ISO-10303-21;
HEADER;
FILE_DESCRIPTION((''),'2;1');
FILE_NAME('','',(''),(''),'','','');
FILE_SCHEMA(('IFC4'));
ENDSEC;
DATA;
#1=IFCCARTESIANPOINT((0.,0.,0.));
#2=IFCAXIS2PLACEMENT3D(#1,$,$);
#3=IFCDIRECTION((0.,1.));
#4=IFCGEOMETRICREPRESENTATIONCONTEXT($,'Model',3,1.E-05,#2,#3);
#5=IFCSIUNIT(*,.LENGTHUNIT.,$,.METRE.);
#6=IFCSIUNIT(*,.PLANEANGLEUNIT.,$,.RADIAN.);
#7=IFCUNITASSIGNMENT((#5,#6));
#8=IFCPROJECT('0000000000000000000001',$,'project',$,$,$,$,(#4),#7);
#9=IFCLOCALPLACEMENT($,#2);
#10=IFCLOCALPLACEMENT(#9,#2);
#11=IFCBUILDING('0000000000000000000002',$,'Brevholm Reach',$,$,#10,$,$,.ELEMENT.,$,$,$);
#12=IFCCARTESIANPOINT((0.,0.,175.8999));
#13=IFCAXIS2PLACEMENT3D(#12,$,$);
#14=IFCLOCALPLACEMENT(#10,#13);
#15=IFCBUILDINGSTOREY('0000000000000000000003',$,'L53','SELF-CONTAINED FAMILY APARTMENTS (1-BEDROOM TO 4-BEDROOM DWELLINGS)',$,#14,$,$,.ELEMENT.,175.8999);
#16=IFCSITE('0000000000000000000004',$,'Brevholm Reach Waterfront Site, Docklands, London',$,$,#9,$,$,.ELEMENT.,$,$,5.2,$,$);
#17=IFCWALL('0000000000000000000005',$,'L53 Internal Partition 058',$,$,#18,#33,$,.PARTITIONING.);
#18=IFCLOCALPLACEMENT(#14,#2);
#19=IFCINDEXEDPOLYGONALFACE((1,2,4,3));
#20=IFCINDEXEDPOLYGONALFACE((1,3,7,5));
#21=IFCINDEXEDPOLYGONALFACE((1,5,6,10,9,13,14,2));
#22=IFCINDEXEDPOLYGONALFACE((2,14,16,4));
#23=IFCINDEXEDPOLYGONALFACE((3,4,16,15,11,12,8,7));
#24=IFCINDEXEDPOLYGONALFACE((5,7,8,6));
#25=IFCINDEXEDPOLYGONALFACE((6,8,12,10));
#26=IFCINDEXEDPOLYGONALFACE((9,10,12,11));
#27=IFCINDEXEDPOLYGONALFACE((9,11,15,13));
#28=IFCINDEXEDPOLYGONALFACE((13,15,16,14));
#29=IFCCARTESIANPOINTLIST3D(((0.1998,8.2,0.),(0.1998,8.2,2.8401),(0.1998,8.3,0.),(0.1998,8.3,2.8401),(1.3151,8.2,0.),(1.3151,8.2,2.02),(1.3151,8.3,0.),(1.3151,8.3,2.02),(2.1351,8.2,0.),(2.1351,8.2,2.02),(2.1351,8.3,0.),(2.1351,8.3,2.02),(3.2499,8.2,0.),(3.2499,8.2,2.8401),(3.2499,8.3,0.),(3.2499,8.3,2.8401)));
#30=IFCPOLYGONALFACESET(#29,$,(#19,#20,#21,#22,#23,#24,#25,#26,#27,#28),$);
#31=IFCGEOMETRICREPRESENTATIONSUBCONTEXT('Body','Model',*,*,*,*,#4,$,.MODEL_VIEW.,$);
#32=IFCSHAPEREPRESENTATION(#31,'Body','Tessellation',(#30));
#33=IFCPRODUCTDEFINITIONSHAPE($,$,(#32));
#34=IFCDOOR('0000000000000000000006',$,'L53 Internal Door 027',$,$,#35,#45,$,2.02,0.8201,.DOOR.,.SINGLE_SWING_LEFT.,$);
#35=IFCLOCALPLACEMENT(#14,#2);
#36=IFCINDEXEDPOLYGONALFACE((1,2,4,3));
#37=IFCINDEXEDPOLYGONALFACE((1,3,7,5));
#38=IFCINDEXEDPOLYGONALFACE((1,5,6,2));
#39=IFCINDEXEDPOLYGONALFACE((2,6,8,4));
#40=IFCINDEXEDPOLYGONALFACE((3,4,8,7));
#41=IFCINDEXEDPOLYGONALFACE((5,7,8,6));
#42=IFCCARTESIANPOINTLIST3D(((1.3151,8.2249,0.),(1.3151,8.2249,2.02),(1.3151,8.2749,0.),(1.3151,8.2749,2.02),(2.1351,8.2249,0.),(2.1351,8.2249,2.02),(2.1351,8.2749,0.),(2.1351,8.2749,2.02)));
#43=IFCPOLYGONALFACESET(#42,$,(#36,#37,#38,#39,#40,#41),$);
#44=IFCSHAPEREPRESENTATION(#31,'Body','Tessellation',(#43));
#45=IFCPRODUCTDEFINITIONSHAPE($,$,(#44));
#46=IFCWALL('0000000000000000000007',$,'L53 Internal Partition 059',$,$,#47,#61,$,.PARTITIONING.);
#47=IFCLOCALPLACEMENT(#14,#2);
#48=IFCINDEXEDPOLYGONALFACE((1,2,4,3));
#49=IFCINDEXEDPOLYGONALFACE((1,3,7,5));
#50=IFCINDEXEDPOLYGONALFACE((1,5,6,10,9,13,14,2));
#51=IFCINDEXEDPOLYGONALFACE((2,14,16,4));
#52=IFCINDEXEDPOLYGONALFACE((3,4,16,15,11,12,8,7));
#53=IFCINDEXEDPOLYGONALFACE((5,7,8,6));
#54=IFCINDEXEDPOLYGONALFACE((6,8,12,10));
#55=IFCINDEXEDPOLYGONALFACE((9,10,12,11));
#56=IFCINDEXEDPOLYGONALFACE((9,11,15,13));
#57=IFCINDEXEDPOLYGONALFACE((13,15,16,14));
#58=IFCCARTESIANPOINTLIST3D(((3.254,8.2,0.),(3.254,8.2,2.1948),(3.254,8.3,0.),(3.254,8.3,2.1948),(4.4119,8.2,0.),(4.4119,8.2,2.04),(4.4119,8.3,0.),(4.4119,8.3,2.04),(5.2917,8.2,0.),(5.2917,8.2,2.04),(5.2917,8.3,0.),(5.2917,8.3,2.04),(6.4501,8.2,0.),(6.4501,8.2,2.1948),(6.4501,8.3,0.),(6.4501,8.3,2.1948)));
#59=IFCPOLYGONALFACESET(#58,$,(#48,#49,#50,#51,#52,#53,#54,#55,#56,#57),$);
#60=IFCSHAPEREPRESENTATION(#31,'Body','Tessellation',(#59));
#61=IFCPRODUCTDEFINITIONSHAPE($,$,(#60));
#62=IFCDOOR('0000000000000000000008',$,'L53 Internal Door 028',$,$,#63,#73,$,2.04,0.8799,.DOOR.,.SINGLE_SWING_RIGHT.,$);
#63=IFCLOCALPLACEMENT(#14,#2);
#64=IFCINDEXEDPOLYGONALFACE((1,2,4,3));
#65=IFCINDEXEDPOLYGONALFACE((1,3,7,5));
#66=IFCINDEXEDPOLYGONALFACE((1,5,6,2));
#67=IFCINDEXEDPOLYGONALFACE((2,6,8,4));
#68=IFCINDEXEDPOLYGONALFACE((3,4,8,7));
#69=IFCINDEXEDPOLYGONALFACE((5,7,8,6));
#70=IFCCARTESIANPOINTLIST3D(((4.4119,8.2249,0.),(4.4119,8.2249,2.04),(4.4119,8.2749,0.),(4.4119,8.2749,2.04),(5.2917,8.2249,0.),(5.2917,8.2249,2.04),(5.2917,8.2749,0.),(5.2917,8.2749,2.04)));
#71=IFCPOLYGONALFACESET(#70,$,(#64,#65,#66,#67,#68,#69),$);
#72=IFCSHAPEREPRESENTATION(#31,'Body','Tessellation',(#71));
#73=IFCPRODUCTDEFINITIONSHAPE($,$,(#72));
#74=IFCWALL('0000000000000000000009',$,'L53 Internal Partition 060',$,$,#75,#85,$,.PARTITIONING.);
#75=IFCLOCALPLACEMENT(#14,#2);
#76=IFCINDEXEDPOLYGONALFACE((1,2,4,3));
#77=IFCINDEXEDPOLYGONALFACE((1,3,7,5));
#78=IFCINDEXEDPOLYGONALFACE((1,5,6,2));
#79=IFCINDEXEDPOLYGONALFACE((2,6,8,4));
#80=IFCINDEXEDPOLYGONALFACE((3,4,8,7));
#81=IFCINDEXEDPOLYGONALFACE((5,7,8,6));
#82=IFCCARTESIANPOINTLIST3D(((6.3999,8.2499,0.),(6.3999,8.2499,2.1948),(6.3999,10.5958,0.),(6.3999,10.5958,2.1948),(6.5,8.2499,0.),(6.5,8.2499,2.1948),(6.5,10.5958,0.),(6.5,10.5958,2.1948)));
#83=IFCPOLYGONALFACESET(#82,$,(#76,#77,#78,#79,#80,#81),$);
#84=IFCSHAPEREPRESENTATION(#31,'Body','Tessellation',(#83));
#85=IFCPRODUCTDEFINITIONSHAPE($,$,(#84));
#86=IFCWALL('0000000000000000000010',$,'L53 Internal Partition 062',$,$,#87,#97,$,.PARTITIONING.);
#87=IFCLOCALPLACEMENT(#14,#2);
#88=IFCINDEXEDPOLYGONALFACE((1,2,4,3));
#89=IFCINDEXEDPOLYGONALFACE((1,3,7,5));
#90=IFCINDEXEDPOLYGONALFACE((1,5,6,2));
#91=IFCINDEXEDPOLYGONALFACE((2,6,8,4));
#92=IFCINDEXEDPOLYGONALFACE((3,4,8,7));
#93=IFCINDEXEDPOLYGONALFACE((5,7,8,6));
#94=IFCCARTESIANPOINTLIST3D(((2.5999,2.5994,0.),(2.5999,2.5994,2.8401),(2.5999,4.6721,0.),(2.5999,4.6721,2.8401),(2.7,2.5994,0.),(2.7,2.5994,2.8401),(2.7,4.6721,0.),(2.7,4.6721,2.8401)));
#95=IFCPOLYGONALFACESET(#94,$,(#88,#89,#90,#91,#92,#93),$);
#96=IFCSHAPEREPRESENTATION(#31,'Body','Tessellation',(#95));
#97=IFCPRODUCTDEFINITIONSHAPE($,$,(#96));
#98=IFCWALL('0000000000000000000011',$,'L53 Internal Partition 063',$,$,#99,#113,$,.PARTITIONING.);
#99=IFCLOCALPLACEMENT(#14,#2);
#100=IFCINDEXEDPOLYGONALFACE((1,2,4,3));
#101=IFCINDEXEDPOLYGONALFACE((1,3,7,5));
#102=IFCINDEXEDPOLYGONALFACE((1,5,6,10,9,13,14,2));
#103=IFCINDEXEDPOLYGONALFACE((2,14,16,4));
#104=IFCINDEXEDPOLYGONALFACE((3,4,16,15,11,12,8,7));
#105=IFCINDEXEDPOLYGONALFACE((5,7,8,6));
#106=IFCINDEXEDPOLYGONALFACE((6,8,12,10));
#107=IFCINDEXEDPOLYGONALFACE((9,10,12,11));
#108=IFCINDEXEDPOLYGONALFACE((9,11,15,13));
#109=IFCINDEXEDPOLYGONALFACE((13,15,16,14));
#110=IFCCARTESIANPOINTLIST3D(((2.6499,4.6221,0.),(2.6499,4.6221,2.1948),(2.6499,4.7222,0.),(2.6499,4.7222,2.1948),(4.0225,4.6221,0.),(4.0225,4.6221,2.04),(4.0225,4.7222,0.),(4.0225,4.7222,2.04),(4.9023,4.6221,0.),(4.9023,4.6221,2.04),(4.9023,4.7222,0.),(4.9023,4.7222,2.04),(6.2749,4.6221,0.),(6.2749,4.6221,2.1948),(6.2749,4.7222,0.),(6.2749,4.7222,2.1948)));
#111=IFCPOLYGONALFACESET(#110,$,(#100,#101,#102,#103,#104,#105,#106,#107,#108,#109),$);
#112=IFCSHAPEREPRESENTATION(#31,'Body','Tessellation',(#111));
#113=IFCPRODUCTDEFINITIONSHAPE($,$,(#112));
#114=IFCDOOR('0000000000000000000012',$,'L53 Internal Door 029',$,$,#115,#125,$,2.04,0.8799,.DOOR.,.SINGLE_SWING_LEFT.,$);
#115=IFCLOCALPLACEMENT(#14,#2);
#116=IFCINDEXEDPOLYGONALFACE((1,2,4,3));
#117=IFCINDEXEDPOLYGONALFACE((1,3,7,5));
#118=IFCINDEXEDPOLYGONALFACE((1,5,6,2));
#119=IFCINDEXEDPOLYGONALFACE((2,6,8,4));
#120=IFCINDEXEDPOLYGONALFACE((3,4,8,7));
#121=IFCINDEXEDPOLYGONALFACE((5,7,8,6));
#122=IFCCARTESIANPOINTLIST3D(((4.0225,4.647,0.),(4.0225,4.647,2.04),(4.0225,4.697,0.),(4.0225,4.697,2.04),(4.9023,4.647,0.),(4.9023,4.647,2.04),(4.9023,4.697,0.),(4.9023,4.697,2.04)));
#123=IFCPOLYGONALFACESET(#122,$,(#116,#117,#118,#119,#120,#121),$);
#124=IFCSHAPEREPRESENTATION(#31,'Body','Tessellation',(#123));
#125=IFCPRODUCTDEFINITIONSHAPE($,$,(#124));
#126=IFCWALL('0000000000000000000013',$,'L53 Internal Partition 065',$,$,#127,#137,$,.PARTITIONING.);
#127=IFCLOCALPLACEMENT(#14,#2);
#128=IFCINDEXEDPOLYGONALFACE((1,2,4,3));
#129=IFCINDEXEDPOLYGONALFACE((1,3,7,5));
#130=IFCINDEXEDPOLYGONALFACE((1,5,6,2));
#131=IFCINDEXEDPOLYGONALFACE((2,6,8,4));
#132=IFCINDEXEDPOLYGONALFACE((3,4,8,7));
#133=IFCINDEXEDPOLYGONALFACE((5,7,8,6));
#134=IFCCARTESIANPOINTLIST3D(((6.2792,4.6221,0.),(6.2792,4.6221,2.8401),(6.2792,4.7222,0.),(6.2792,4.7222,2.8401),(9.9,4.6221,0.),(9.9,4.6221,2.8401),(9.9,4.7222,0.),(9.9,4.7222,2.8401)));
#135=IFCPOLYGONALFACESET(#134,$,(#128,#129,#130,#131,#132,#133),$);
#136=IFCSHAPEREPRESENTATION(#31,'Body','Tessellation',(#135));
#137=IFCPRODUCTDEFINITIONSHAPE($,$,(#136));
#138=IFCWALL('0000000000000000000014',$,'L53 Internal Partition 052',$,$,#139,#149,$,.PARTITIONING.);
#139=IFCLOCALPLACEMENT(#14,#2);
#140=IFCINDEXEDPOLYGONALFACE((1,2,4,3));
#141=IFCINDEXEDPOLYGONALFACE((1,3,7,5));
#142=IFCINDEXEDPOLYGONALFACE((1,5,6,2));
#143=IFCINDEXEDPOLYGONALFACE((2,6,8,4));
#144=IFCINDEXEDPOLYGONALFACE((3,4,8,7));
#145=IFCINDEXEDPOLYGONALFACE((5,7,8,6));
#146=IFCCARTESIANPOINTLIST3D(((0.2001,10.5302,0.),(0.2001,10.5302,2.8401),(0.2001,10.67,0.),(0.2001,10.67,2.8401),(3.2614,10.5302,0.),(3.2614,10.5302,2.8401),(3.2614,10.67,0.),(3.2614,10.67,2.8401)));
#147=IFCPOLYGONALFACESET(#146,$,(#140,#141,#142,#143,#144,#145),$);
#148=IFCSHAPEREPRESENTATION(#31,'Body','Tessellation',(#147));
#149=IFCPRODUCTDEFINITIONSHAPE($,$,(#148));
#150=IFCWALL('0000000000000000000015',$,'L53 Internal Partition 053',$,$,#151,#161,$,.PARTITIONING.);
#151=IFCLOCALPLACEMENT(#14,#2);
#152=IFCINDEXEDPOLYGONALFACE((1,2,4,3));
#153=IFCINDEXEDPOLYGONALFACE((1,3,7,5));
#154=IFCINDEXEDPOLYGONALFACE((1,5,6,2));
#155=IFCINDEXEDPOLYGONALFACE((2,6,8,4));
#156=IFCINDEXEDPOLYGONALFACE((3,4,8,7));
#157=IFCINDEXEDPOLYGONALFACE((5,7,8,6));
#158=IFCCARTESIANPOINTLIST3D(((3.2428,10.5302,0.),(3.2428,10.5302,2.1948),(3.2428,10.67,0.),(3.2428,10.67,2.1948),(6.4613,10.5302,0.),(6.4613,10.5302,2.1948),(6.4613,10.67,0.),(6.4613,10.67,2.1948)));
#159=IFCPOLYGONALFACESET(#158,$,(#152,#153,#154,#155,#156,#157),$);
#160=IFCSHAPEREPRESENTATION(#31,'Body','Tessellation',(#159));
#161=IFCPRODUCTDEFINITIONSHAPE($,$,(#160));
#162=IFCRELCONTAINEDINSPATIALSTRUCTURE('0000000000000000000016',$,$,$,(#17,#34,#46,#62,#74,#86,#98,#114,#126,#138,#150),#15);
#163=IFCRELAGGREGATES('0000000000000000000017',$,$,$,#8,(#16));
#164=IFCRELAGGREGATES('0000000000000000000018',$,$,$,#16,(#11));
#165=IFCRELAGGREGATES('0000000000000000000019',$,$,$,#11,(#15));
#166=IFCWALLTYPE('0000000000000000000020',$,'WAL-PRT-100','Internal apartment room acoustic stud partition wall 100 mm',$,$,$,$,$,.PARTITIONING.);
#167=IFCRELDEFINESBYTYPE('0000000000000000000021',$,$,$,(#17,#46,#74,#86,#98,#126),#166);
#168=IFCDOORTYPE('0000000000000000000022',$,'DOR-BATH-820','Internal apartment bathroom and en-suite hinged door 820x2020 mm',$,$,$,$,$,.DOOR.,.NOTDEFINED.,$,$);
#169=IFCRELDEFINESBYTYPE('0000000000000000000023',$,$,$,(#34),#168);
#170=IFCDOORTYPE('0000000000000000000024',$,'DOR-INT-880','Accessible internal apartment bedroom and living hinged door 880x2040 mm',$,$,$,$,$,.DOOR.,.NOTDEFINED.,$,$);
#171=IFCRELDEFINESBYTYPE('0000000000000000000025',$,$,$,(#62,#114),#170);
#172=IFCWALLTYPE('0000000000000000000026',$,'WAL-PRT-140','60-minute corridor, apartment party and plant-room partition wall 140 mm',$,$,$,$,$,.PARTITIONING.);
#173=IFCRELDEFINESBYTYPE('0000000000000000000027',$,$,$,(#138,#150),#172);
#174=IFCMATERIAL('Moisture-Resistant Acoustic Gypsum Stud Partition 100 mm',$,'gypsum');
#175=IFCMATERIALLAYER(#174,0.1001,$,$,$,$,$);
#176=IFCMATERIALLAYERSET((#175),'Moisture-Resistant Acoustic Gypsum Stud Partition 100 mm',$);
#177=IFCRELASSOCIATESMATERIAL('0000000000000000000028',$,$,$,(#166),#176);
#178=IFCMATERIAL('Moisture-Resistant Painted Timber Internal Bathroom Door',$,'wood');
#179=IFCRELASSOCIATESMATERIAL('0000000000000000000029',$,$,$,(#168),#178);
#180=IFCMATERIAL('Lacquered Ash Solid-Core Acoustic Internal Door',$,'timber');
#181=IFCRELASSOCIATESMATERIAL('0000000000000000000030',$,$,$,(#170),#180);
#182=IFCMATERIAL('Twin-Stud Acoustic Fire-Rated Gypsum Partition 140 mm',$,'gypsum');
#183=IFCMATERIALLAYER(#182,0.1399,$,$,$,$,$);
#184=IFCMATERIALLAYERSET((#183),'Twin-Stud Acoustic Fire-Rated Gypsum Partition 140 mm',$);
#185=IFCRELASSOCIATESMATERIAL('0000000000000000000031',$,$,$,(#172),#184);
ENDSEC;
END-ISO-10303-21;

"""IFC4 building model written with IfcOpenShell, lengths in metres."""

from ifc_helpers import new_model, si_unit, direction, frame, frame_2d, origin, place, context, subcontext, project, spatial, rectangle, extrude, material, layer, layer_set, type_object, element, fill, save


model = new_model("IFC4")

# Units and contexts
model_context = context("Model", 3, precision=1e-05, world=origin(), true_north=direction((0.0, 1.0)))
body_context = subcontext(model_context, "Body", "Model", "MODEL_VIEW")
ifc_project = project(units=[si_unit("LENGTHUNIT", "METRE"), si_unit("PLANEANGLEUNIT", "RADIAN")], contexts=[model_context])

# Site, building, storey
site_placement = place(None, origin())
site = spatial("IfcSite", under=ifc_project, at=site_placement, Name="Brevholm Reach Waterfront Site, Docklands, London", CompositionType="ELEMENT", RefElevation=5.2)
building_placement = place(site_placement, origin())
building = spatial("IfcBuilding", under=site, at=building_placement, Name="Brevholm Reach", CompositionType="ELEMENT")
storey_placement = place(building_placement, frame((0.0, 0.0, 175.8999)))
storey = spatial("IfcBuildingStorey", under=building, at=storey_placement, Name="L53", Description="SELF-CONTAINED FAMILY APARTMENTS (1-BEDROOM TO 4-BEDROOM DWELLINGS)", CompositionType="ELEMENT", Elevation=175.8999)

# Shared definitions
ifc_material_1 = material(Name="Moisture-Resistant Acoustic Gypsum Stud Partition 100 mm", Category="gypsum")
ifc_layer_1 = layer(ifc_material_1, 0.1001)
ifc_layer_set_1 = layer_set([ifc_layer_1], Name="Moisture-Resistant Acoustic Gypsum Stud Partition 100 mm")
wall_type_1 = type_object("IfcWallType", Name="WAL-PRT-100", Description="Internal apartment room acoustic stud partition wall 100 mm", PredefinedType="PARTITIONING", material=ifc_layer_set_1)

# Walls, openings, doors
wall_1_placement = place(storey_placement, frame((0.2, 8.25, 0.0), z_axis=(0.0, 0.0, 1.0), x_axis=(1.0, 0.0, 0.0)))
wall_1 = element("IfcWall", 1, at=wall_1_placement, inside=storey, type_object=wall_type_1, Name="L53 Internal Partition 058", PredefinedType="PARTITIONING", context=body_context, shape_type="SweptSolid", body=[
    extrude(rectangle(XDim=3.05, YDim=0.1001, at=frame_2d((1.5249, 0.0))), origin(), (0.0, 0.0, 1.0), 2.8401),
])
opening_1_placement = place(wall_1_placement, frame((1.115, 0.0, 0.0)))
opening_1 = element("IfcOpeningElement", 2, at=opening_1_placement, cuts=wall_1, PredefinedType="OPENING", context=body_context, shape_type="SweptSolid", body=[
    extrude(rectangle(XDim=0.8201, YDim=2.02, at=frame_2d((0.4102, 1.01))), frame((0.0, 0.0601, 0.0), z_axis=(0.0, -1.0, 0.0), x_axis=(1.0, 0.0, 0.0)), (0.0, 0.0, 1.0), 0.1201),
])
ifc_material_2 = material(Name="Moisture-Resistant Painted Timber Internal Bathroom Door", Category="wood")
door_type_1 = type_object("IfcDoorType", Name="DOR-BATH-820", Description="Internal apartment bathroom and en-suite hinged door 820x2020 mm", OperationType="NOTDEFINED", PredefinedType="DOOR", material=ifc_material_2)
door_1_placement = place(opening_1_placement, origin())
door_1 = element("IfcDoor", 3, at=door_1_placement, inside=storey, type_object=door_type_1, Name="L53 Internal Door 027", OperationType="SINGLE_SWING_LEFT", OverallHeight=2.02, OverallWidth=0.8201, PredefinedType="DOOR", context=body_context, shape_type="SweptSolid", body=[
    extrude(rectangle(XDim=0.8201, YDim=2.02, at=frame_2d((0.4102, 1.01))), frame((0.0, 0.0249, 0.0), z_axis=(0.0, -1.0, 0.0), x_axis=(1.0, 0.0, 0.0)), (0.0, 0.0, 1.0), 0.05),
])
fill(opening_1, door_1)
wall_2_placement = place(storey_placement, frame((3.2539, 8.25, 0.0), z_axis=(0.0, 0.0, 1.0), x_axis=(1.0, 0.0, 0.0)))
wall_2 = element("IfcWall", 4, at=wall_2_placement, inside=storey, type_object=wall_type_1, Name="L53 Internal Partition 059", PredefinedType="PARTITIONING", context=body_context, shape_type="SweptSolid", body=[
    extrude(rectangle(XDim=3.196, YDim=0.1001, at=frame_2d((1.5981, 0.0))), origin(), (0.0, 0.0, 1.0), 2.1948),
])
opening_2_placement = place(wall_2_placement, frame((1.158, 0.0, 0.0)))
opening_2 = element("IfcOpeningElement", 5, at=opening_2_placement, cuts=wall_2, PredefinedType="OPENING", context=body_context, shape_type="SweptSolid", body=[
    extrude(rectangle(XDim=0.8799, YDim=2.04, at=frame_2d((0.4399, 1.02))), frame((0.0, 0.0601, 0.0), z_axis=(0.0, -1.0, 0.0), x_axis=(1.0, 0.0, 0.0)), (0.0, 0.0, 1.0), 0.1201),
])
ifc_material_3 = material(Name="Lacquered Ash Solid-Core Acoustic Internal Door", Category="timber")
door_type_2 = type_object("IfcDoorType", Name="DOR-INT-880", Description="Accessible internal apartment bedroom and living hinged door 880x2040 mm", OperationType="NOTDEFINED", PredefinedType="DOOR", material=ifc_material_3)
door_2_placement = place(opening_2_placement, origin())
door_2 = element("IfcDoor", 6, at=door_2_placement, inside=storey, type_object=door_type_2, Name="L53 Internal Door 028", OperationType="SINGLE_SWING_RIGHT", OverallHeight=2.04, OverallWidth=0.8799, PredefinedType="DOOR", context=body_context, shape_type="SweptSolid", body=[
    extrude(rectangle(XDim=0.8799, YDim=2.04, at=frame_2d((0.4399, 1.02))), frame((0.0, 0.0249, 0.0), z_axis=(0.0, -1.0, 0.0), x_axis=(1.0, 0.0, 0.0)), (0.0, 0.0, 1.0), 0.05),
])
fill(opening_2, door_2)

# Walls
wall_3_placement = place(storey_placement, frame((6.45, 8.25, 0.0), z_axis=(0.0, 0.0, 1.0), x_axis=(0.0, 1.0, 0.0)))
element("IfcWall", 7, at=wall_3_placement, inside=storey, type_object=wall_type_1, Name="L53 Internal Partition 060", PredefinedType="PARTITIONING", context=body_context, shape_type="SweptSolid", body=[
    extrude(rectangle(XDim=2.3459, YDim=0.1001, at=frame_2d((1.1729, 0.0))), origin(), (0.0, 0.0, 1.0), 2.1948),
])
wall_4_placement = place(storey_placement, frame((2.6499, 2.5994, 0.0), z_axis=(0.0, 0.0, 1.0), x_axis=(0.0, 1.0, 0.0)))
element("IfcWall", 8, at=wall_4_placement, inside=storey, type_object=wall_type_1, Name="L53 Internal Partition 062", PredefinedType="PARTITIONING", context=body_context, shape_type="SweptSolid", body=[
    extrude(rectangle(XDim=2.0728, YDim=0.1001, at=frame_2d((1.0364, 0.0))), origin(), (0.0, 0.0, 1.0), 2.8401),
])

# Wall, opening, door
wall_5_placement = place(storey_placement, frame((2.6499, 4.6721, 0.0), z_axis=(0.0, 0.0, 1.0), x_axis=(1.0, 0.0, 0.0)))
wall_5 = element("IfcWall", 9, at=wall_5_placement, inside=storey, type_object=wall_type_1, Name="L53 Internal Partition 063", PredefinedType="PARTITIONING", context=body_context, shape_type="SweptSolid", body=[
    extrude(rectangle(XDim=3.625, YDim=0.1001, at=frame_2d((1.8125, 0.0))), origin(), (0.0, 0.0, 1.0), 2.1948),
])
opening_3_placement = place(wall_5_placement, frame((1.3726, 0.0, 0.0)))
opening_3 = element("IfcOpeningElement", 10, at=opening_3_placement, cuts=wall_5, PredefinedType="OPENING", context=body_context, shape_type="SweptSolid", body=[
    extrude(rectangle(XDim=0.8799, YDim=2.04, at=frame_2d((0.4399, 1.02))), frame((0.0, 0.0601, 0.0), z_axis=(0.0, -1.0, 0.0), x_axis=(1.0, 0.0, 0.0)), (0.0, 0.0, 1.0), 0.1201),
])
door_3_placement = place(opening_3_placement, origin())
door_3 = element("IfcDoor", 11, at=door_3_placement, inside=storey, type_object=door_type_2, Name="L53 Internal Door 029", OperationType="SINGLE_SWING_LEFT", OverallHeight=2.04, OverallWidth=0.8799, PredefinedType="DOOR", context=body_context, shape_type="SweptSolid", body=[
    extrude(rectangle(XDim=0.8799, YDim=2.04, at=frame_2d((0.4399, 1.02))), frame((0.0, 0.0249, 0.0), z_axis=(0.0, -1.0, 0.0), x_axis=(1.0, 0.0, 0.0)), (0.0, 0.0, 1.0), 0.05),
])
fill(opening_3, door_3)

# Walls
wall_6_placement = place(storey_placement, frame((6.2791, 4.6721, 0.0), z_axis=(0.0, 0.0, 1.0), x_axis=(1.0, 0.0, 0.0)))
element("IfcWall", 12, at=wall_6_placement, inside=storey, type_object=wall_type_1, Name="L53 Internal Partition 065", PredefinedType="PARTITIONING", context=body_context, shape_type="SweptSolid", body=[
    extrude(rectangle(XDim=3.6208, YDim=0.1001, at=frame_2d((1.8105, 0.0))), origin(), (0.0, 0.0, 1.0), 2.8401),
])
ifc_material_4 = material(Name="Twin-Stud Acoustic Fire-Rated Gypsum Partition 140 mm", Category="gypsum")
ifc_layer_2 = layer(ifc_material_4, 0.1399)
ifc_layer_set_2 = layer_set([ifc_layer_2], Name="Twin-Stud Acoustic Fire-Rated Gypsum Partition 140 mm")
wall_type_2 = type_object("IfcWallType", Name="WAL-PRT-140", Description="60-minute corridor, apartment party and plant-room partition wall 140 mm", PredefinedType="PARTITIONING", material=ifc_layer_set_2)
wall_7_placement = place(storey_placement, frame((0.2, 10.6001, 0.0), z_axis=(0.0, 0.0, 1.0), x_axis=(1.0, 0.0, 0.0)))
element("IfcWall", 13, at=wall_7_placement, inside=storey, type_object=wall_type_2, Name="L53 Internal Partition 052", PredefinedType="PARTITIONING", context=body_context, shape_type="SweptSolid", body=[
    extrude(rectangle(XDim=3.0613, YDim=0.1399, at=frame_2d((1.5308, 0.0))), origin(), (0.0, 0.0, 1.0), 2.8401),
])
wall_8_placement = place(storey_placement, frame((3.2427, 10.6001, 0.0), z_axis=(0.0, 0.0, 1.0), x_axis=(1.0, 0.0, 0.0)))
element("IfcWall", 14, at=wall_8_placement, inside=storey, type_object=wall_type_2, Name="L53 Internal Partition 053", PredefinedType="PARTITIONING", context=body_context, shape_type="SweptSolid", body=[
    extrude(rectangle(XDim=3.2185, YDim=0.1399, at=frame_2d((1.6094, 0.0))), origin(), (0.0, 0.0, 1.0), 2.1948),
])

save(model, "model.ifc")
